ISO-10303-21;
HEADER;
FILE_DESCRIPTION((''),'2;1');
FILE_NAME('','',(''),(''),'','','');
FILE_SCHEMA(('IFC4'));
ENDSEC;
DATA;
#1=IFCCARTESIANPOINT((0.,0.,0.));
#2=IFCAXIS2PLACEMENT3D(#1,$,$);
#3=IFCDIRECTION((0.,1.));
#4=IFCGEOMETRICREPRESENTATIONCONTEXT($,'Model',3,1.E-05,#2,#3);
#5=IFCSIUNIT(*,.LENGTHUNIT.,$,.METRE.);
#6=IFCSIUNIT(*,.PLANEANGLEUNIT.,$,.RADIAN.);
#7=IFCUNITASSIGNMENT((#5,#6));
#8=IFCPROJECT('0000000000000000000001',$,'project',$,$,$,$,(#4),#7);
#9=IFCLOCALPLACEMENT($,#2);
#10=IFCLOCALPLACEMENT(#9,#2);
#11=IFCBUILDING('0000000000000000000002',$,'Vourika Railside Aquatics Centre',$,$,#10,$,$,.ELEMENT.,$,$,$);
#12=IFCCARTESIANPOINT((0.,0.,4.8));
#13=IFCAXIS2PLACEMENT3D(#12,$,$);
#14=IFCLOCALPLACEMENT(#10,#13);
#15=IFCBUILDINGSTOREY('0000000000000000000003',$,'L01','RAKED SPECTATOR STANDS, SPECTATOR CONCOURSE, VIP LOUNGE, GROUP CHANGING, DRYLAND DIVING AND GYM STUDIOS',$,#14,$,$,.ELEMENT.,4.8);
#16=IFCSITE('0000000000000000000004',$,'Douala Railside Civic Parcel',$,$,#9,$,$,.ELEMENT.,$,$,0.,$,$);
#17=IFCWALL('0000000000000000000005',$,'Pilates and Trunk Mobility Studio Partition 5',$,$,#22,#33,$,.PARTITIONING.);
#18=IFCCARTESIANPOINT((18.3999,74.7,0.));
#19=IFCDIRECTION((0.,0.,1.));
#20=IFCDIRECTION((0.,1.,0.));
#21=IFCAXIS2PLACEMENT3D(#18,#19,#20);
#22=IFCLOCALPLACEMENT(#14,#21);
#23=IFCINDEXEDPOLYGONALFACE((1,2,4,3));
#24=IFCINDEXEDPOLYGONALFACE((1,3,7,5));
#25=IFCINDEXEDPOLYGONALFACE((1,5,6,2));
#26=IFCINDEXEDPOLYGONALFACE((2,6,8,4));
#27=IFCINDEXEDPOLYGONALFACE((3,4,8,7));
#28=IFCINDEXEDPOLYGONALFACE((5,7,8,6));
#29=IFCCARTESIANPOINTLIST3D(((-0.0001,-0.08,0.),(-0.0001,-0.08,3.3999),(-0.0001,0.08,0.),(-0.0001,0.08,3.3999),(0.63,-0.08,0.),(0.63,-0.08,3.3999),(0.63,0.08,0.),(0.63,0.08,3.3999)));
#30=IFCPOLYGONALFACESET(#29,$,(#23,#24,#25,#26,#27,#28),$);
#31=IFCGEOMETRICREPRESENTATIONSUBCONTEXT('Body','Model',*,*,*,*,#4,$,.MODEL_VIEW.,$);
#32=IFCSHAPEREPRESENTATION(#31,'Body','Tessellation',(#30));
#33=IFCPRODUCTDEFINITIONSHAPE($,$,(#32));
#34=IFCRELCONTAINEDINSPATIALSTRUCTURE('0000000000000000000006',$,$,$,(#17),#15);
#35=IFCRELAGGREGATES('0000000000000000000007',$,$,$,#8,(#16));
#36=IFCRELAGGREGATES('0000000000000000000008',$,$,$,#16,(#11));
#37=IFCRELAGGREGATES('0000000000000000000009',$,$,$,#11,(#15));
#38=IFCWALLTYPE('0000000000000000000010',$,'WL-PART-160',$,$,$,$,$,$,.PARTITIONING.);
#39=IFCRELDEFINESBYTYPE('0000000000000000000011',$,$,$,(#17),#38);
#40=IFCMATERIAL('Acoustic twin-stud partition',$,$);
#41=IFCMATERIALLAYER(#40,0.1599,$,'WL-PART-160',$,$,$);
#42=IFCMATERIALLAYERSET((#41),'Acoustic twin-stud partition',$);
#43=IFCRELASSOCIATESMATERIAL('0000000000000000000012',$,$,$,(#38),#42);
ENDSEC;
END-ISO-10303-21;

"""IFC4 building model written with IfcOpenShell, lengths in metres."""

from ifc_helpers import new_model, si_unit, direction, frame, frame_2d, origin, place, context, subcontext, project, spatial, rectangle, extrude, material, layer, layer_set, type_object, element, save


model = new_model("IFC4")

# Units and contexts
model_context = context("Model", 3, precision=1e-05, world=origin(), true_north=direction((0.0, 1.0)))
body_context = subcontext(model_context, "Body", "Model", "MODEL_VIEW")
ifc_project = project(units=[si_unit("LENGTHUNIT", "METRE"), si_unit("PLANEANGLEUNIT", "RADIAN")], contexts=[model_context])

# Site, building, storey
site_placement = place(None, origin())
site = spatial("IfcSite", under=ifc_project, at=site_placement, Name="Douala Railside Civic Parcel", CompositionType="ELEMENT", RefElevation=0.0)
building_placement = place(site_placement, origin())
building = spatial("IfcBuilding", under=site, at=building_placement, Name="Vourika Railside Aquatics Centre", CompositionType="ELEMENT")
storey_placement = place(building_placement, frame((0.0, 0.0, 4.8)))
storey = spatial("IfcBuildingStorey", under=building, at=storey_placement, Name="L01", Description="RAKED SPECTATOR STANDS, SPECTATOR CONCOURSE, VIP LOUNGE, GROUP CHANGING, DRYLAND DIVING AND GYM STUDIOS", CompositionType="ELEMENT", Elevation=4.8)

# Wall
ifc_material_1 = material(Name="Acoustic twin-stud partition")
ifc_layer_1 = layer(ifc_material_1, 0.1599, Name="WL-PART-160")
ifc_layer_set_1 = layer_set([ifc_layer_1], Name="Acoustic twin-stud partition")
wall_type_1 = type_object("IfcWallType", Name="WL-PART-160", PredefinedType="PARTITIONING", material=ifc_layer_set_1)
wall_1_placement = place(storey_placement, frame((18.3999, 74.7, 0.0), z_axis=(0.0, 0.0, 1.0), x_axis=(0.0, 1.0, 0.0)))
element("IfcWall", 1, at=wall_1_placement, inside=storey, type_object=wall_type_1, Name="Pilates and Trunk Mobility Studio Partition 5", PredefinedType="PARTITIONING", context=body_context, shape_type="SweptSolid", body=[
    extrude(rectangle(XDim=0.6301, YDim=0.1599, at=frame_2d((0.3149, 0.0))), origin(), (0.0, 0.0, 1.0), 3.3999),
])

save(model, "model.ifc")
